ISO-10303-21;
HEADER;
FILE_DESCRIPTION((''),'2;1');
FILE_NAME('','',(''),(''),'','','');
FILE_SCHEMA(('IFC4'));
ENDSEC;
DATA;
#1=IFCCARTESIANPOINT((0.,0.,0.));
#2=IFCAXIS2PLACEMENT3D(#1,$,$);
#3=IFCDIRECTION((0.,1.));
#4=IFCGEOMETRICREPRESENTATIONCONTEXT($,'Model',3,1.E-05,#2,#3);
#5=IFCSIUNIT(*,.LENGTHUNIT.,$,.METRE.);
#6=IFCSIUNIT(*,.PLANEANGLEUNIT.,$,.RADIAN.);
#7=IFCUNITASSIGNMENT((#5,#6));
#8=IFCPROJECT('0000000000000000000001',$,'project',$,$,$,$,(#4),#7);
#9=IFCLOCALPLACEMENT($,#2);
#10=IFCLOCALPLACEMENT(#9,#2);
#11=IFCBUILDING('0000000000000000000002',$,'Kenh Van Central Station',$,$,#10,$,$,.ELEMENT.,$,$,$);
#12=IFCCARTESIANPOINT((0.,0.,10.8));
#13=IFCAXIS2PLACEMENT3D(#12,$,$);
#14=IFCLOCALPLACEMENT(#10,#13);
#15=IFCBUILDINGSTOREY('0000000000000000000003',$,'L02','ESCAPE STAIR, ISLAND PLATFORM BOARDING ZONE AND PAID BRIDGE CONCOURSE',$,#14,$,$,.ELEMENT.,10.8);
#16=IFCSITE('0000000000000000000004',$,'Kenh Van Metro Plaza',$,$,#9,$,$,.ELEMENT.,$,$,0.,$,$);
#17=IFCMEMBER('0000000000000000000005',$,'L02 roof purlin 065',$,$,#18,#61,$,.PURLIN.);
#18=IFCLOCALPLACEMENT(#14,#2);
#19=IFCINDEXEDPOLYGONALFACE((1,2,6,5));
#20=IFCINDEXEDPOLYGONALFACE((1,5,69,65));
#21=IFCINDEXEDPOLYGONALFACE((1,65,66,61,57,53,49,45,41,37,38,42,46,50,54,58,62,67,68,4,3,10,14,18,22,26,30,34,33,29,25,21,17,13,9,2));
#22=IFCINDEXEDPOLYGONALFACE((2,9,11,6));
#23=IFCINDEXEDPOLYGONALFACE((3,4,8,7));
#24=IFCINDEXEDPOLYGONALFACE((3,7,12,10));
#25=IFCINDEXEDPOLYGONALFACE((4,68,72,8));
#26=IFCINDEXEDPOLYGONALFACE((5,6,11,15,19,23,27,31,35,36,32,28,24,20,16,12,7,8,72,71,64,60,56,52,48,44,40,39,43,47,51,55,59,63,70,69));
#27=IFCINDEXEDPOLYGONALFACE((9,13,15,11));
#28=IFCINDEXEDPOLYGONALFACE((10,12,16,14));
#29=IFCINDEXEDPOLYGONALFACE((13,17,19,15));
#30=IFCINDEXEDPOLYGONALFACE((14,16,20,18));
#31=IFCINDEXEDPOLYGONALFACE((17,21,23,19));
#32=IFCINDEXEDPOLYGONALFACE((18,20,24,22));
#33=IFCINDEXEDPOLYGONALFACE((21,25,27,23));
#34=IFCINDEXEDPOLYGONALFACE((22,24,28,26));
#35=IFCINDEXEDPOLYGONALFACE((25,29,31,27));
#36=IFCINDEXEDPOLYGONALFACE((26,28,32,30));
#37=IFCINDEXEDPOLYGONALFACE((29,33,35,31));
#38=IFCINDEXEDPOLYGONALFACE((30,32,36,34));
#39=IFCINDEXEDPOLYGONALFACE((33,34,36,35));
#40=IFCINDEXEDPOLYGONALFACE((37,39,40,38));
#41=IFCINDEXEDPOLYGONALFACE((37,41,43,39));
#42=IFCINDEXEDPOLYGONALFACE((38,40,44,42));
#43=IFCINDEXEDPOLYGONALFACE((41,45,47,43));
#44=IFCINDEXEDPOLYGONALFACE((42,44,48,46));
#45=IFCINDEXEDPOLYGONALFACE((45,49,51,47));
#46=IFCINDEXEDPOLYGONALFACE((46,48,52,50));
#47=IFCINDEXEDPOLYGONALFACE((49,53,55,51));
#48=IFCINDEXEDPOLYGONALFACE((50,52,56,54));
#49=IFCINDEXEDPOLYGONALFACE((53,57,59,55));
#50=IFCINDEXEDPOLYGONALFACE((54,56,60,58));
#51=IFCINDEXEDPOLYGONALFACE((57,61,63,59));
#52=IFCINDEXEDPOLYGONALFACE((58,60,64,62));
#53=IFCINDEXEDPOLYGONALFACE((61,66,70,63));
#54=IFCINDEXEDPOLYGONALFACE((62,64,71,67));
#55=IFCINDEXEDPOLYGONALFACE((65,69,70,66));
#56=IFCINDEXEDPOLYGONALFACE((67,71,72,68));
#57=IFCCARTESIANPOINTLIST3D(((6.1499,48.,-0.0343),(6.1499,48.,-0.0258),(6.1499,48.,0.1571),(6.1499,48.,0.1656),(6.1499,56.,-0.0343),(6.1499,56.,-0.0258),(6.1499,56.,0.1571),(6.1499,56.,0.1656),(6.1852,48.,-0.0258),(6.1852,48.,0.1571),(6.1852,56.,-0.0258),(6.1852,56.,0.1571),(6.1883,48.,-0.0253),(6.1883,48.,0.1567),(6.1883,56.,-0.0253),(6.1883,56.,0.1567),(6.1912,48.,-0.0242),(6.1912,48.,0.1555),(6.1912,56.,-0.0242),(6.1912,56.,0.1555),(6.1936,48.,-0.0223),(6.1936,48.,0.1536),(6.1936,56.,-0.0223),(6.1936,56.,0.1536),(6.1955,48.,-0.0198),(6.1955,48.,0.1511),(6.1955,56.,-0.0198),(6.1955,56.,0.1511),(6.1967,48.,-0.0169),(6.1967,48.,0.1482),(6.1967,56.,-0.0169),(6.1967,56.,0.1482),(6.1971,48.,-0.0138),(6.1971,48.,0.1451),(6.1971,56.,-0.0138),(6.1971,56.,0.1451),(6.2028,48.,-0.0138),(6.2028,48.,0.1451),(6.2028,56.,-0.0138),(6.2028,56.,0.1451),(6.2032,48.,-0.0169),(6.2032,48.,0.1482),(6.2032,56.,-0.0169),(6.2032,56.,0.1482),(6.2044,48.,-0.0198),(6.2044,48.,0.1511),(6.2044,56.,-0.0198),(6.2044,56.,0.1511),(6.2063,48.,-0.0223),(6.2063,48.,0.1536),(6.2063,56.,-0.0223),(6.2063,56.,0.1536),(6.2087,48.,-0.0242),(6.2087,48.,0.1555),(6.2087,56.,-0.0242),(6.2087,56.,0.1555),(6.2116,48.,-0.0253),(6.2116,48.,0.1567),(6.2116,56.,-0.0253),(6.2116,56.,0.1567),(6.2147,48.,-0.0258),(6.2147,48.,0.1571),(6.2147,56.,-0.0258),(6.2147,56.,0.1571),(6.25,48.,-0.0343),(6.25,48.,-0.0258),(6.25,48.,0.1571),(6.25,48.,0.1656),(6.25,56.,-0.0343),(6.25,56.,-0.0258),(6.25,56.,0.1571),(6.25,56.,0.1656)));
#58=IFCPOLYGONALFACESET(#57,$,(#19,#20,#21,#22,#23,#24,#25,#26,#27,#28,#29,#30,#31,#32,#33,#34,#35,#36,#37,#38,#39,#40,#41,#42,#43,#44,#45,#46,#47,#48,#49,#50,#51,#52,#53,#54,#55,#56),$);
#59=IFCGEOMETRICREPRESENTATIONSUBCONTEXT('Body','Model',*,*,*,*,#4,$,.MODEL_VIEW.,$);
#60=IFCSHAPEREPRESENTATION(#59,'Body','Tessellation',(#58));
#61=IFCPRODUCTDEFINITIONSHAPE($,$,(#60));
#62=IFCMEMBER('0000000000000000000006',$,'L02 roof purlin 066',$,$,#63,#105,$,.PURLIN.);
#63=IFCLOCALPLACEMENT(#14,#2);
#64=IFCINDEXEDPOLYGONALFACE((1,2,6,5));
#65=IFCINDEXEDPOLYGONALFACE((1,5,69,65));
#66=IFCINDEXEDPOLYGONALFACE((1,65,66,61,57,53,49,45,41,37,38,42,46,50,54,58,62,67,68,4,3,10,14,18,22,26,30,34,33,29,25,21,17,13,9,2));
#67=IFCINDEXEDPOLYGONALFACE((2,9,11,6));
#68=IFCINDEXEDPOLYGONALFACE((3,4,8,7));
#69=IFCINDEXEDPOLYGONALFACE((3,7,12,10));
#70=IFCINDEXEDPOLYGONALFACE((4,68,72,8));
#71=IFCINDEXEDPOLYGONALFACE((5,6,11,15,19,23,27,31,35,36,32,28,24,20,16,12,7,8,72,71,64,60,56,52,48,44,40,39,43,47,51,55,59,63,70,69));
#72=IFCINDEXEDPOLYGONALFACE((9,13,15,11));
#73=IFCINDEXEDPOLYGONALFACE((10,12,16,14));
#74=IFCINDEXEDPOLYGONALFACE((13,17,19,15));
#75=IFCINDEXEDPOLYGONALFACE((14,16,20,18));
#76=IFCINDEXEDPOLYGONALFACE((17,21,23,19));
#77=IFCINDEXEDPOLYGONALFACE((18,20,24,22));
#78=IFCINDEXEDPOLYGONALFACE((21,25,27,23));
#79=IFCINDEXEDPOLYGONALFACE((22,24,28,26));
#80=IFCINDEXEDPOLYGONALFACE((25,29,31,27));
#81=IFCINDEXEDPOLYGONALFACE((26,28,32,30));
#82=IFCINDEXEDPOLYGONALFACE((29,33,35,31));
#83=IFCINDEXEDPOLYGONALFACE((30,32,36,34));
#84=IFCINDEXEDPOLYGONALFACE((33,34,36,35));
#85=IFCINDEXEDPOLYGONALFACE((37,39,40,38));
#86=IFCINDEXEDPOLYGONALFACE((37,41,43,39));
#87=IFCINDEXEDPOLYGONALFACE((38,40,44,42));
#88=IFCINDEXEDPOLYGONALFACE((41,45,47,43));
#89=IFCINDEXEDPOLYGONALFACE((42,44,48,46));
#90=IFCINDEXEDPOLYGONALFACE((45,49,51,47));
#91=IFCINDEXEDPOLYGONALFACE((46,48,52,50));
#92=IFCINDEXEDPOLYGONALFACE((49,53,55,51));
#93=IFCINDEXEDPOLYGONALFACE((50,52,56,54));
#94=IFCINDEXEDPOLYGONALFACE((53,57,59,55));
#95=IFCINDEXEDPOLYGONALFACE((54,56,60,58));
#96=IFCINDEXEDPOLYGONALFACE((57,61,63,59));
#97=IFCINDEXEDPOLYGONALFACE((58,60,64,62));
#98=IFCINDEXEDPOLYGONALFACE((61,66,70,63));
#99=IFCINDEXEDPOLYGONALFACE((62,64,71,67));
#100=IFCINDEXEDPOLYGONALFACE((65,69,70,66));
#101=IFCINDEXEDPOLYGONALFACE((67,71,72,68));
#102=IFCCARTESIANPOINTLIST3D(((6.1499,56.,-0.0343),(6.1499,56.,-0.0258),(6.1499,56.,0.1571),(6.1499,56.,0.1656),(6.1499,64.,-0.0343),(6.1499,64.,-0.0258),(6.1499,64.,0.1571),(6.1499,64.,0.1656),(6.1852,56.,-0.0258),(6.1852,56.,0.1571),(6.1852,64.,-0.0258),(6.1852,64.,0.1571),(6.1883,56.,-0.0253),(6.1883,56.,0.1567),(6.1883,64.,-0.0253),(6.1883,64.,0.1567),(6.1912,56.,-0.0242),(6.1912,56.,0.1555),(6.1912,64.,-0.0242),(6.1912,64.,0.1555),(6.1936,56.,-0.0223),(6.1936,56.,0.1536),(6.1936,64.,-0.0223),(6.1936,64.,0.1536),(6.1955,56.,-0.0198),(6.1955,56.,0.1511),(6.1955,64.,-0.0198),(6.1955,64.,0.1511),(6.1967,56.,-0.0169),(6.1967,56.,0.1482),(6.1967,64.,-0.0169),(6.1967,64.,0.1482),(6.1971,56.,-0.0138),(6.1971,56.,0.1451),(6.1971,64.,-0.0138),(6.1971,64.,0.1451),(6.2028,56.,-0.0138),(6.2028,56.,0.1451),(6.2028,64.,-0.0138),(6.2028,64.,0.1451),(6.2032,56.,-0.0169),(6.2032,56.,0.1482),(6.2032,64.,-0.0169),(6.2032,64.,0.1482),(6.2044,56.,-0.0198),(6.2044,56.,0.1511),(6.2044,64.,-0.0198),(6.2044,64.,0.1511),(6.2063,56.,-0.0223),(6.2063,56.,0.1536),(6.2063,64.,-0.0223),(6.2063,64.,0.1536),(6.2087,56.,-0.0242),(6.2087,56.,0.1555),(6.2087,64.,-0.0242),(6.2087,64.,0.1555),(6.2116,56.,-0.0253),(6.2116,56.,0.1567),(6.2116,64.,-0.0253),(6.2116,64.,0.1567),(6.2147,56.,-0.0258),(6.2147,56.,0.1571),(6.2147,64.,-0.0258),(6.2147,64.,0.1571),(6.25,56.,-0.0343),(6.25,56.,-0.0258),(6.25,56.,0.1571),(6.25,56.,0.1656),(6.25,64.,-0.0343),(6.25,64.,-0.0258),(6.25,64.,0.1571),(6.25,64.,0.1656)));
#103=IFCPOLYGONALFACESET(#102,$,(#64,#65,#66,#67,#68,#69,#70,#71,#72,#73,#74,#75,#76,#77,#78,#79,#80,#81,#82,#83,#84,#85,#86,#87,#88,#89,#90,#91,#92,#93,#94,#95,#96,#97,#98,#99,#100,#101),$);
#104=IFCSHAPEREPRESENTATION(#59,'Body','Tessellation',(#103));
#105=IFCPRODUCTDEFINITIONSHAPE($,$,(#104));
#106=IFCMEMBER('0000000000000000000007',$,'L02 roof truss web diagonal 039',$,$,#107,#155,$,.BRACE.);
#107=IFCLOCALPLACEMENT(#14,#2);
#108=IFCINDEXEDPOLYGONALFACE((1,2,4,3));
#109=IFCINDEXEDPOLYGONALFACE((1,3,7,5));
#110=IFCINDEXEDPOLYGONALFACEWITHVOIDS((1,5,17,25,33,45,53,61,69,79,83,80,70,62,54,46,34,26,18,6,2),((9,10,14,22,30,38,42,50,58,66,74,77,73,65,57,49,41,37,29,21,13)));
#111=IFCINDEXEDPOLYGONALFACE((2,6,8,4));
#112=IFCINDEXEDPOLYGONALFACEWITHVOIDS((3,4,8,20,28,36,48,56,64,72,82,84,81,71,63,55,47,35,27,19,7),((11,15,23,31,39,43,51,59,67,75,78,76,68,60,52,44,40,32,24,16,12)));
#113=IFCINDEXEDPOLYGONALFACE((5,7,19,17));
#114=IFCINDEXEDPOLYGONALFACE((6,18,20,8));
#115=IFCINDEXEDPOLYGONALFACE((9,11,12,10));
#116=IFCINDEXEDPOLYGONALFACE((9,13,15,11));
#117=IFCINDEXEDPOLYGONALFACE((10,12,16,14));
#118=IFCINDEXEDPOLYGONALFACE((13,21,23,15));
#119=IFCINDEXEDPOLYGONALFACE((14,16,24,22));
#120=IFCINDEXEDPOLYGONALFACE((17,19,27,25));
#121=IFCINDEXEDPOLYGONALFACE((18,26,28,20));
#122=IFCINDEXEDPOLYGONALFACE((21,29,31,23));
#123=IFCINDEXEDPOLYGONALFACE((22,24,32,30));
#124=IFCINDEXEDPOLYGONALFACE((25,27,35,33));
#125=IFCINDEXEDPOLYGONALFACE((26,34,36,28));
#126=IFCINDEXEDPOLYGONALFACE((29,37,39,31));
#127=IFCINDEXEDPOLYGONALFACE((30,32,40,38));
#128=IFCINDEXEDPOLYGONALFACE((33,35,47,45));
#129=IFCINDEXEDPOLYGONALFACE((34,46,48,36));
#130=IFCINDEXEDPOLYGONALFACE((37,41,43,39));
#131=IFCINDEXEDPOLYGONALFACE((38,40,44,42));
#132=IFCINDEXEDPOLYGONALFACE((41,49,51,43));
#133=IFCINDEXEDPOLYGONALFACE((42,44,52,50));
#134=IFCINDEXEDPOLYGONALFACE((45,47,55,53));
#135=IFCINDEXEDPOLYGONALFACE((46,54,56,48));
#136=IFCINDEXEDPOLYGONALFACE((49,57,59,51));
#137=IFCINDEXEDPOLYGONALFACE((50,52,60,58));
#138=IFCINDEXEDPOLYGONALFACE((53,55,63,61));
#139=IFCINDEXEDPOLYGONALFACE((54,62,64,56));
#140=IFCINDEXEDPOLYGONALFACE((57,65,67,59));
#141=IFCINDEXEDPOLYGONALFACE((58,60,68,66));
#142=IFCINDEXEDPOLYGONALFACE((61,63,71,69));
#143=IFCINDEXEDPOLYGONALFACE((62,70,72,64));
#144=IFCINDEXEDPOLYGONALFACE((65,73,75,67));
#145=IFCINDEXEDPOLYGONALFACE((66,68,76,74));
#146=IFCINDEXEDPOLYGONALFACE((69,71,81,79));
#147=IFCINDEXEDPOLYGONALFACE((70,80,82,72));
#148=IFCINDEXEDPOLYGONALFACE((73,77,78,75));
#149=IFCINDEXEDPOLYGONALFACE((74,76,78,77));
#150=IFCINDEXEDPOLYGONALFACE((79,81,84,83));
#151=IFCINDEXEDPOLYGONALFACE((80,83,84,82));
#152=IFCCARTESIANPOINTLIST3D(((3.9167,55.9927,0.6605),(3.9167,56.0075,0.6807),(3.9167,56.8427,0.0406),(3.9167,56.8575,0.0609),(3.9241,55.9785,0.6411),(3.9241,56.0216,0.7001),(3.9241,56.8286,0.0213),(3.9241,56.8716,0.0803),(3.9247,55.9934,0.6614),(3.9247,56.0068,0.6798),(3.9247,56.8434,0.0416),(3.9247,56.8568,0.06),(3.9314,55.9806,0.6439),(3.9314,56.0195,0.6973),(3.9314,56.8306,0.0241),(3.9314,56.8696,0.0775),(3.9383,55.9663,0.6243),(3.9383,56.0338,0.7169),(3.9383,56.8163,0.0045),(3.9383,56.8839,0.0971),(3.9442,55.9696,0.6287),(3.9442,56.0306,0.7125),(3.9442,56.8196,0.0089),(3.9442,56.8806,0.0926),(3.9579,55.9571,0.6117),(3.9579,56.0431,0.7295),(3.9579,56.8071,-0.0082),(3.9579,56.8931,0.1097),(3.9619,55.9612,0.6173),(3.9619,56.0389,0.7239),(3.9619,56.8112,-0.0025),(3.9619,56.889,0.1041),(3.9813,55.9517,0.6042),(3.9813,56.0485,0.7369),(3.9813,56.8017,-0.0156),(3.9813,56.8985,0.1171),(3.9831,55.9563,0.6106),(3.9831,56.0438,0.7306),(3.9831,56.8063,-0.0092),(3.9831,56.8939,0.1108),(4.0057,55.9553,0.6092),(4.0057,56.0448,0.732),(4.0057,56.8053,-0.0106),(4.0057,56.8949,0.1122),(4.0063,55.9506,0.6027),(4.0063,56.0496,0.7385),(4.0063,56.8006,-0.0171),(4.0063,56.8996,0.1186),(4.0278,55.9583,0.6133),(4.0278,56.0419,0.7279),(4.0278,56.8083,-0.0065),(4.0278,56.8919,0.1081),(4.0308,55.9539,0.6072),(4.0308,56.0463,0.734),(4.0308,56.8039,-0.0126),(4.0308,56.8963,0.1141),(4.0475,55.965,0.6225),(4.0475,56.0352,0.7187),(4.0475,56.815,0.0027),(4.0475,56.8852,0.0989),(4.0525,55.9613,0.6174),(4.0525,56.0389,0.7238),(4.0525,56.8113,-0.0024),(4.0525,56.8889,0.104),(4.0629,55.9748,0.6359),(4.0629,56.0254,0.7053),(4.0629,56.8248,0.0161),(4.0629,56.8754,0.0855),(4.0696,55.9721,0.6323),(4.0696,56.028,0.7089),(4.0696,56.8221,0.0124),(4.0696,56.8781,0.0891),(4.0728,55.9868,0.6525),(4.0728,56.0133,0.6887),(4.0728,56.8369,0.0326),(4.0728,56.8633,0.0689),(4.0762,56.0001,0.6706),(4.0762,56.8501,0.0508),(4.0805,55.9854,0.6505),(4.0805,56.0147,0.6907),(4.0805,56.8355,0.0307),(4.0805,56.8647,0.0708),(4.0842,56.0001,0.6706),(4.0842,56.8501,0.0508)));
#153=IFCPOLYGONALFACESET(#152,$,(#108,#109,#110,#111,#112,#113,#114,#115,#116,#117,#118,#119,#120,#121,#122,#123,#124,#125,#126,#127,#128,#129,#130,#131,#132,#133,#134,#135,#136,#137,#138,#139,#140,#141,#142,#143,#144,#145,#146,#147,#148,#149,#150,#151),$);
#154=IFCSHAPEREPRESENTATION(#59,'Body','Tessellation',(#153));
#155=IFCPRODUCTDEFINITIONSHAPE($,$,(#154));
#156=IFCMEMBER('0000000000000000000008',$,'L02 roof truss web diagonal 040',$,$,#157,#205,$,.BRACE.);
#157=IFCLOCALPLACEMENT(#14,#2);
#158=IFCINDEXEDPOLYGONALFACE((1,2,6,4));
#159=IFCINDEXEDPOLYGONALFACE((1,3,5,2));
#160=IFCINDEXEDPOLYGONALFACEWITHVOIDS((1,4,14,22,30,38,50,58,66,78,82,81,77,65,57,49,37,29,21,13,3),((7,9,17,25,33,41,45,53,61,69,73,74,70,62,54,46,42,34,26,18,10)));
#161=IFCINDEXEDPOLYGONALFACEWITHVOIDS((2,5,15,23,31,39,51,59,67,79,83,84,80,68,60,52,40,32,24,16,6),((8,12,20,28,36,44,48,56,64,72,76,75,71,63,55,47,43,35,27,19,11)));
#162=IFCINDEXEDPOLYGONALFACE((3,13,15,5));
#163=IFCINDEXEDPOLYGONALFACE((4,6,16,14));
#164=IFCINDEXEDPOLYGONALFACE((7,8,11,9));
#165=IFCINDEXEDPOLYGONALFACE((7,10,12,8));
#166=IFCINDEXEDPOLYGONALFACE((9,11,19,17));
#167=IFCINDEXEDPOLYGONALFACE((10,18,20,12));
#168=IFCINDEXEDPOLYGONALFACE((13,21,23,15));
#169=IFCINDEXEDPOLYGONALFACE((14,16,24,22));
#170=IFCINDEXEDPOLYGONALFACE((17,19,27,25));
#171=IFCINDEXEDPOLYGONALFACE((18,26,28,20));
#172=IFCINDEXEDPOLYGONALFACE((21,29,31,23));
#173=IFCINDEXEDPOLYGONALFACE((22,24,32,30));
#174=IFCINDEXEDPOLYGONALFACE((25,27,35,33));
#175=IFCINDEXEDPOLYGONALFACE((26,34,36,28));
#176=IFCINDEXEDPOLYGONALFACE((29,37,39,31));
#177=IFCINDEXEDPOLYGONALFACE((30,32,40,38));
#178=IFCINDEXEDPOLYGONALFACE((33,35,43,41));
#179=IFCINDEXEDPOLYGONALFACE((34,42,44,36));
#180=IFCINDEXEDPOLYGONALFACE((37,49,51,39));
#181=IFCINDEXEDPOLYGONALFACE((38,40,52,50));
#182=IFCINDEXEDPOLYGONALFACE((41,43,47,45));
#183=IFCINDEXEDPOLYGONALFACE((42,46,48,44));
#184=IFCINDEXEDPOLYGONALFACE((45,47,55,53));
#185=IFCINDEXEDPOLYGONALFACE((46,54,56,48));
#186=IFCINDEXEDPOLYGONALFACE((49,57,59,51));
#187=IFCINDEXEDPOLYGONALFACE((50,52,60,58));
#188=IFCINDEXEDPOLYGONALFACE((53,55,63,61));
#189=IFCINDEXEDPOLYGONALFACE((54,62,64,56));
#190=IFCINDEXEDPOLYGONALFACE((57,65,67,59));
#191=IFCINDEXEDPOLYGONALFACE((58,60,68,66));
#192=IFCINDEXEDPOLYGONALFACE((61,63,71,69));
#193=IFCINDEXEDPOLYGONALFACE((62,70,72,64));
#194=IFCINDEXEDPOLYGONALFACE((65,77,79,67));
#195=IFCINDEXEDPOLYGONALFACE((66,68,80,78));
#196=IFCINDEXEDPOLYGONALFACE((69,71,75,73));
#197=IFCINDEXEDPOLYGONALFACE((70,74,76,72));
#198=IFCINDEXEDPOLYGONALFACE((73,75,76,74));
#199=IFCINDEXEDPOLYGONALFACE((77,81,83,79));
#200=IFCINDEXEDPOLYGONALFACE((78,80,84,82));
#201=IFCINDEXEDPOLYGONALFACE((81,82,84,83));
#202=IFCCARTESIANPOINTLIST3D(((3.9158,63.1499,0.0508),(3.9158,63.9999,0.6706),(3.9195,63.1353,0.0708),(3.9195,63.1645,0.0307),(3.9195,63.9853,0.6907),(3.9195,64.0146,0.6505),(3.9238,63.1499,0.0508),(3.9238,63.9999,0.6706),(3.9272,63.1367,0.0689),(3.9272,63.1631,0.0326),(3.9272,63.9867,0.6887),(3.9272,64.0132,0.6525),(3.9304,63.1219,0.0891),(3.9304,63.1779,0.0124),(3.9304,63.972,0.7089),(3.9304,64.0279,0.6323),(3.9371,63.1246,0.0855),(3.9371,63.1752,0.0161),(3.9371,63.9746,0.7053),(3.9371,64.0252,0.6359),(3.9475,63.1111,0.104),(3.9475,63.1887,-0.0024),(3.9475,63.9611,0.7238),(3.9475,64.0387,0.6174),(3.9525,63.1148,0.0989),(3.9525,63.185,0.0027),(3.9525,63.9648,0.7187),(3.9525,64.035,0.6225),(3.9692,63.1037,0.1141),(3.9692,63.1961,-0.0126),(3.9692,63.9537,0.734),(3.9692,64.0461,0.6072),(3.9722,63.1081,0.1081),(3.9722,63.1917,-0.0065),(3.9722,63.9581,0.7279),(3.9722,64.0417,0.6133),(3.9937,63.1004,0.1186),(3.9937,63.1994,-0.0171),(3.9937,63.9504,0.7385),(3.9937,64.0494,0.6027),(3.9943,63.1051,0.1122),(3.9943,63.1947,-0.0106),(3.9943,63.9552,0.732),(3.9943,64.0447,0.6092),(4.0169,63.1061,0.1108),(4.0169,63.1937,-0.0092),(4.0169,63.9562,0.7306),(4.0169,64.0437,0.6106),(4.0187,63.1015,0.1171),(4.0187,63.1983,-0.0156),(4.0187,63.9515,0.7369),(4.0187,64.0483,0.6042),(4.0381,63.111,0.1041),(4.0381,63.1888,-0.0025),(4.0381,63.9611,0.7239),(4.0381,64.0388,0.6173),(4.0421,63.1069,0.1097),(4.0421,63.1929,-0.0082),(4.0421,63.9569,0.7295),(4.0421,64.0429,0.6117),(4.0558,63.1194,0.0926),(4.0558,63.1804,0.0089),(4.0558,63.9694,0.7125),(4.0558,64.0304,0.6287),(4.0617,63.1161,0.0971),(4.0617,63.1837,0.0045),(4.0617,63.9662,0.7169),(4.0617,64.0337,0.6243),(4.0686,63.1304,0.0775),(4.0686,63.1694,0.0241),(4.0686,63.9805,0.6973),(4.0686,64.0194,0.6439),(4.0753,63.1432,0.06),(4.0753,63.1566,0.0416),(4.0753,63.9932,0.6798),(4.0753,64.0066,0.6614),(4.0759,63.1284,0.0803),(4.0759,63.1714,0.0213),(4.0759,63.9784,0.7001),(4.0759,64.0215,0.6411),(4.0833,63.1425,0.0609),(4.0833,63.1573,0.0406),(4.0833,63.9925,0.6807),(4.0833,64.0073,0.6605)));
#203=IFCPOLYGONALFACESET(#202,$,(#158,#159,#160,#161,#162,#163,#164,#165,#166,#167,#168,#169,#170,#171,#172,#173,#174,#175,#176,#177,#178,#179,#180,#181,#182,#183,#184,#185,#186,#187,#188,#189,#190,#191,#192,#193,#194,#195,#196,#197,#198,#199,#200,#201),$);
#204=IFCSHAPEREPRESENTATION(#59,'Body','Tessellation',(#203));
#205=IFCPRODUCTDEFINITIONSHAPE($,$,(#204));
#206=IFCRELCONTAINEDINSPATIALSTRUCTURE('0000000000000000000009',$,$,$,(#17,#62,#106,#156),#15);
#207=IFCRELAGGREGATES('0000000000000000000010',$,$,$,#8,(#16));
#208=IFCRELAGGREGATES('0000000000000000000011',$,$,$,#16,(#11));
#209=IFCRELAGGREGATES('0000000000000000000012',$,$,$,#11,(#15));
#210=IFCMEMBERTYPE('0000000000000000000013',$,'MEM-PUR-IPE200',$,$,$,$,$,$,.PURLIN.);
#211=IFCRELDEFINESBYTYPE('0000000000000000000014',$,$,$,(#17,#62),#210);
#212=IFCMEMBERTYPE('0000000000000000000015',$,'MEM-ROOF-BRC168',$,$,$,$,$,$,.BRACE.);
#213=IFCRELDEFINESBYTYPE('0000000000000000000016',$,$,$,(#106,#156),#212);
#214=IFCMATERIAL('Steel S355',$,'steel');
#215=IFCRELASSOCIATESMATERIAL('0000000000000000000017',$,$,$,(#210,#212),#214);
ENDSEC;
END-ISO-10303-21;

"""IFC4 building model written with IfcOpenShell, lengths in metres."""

from ifc_helpers import new_model, si_unit, direction, frame, origin, origin_2d, place, context, subcontext, project, spatial, hollow_circle, i_section, extrude, material, material_profile, profile_set, type_object, element, save


model = new_model("IFC4")

# Units and contexts
model_context = context("Model", 3, precision=1e-05, world=origin(), true_north=direction((0.0, 1.0)))
body_context = subcontext(model_context, "Body", "Model", "MODEL_VIEW")
ifc_project = project(units=[si_unit("LENGTHUNIT", "METRE"), si_unit("PLANEANGLEUNIT", "RADIAN")], contexts=[model_context])

# Site, building, storey
site_placement = place(None, origin())
site = spatial("IfcSite", under=ifc_project, at=site_placement, Name="Kenh Van Metro Plaza", CompositionType="ELEMENT", RefElevation=0.0)
building_placement = place(site_placement, origin())
building = spatial("IfcBuilding", under=site, at=building_placement, Name="Kenh Van Central Station", CompositionType="ELEMENT")
storey_placement = place(building_placement, frame((0.0, 0.0, 10.8)))
storey = spatial("IfcBuildingStorey", under=building, at=storey_placement, Name="L02", Description="ESCAPE STAIR, ISLAND PLATFORM BOARDING ZONE AND PAID BRIDGE CONCOURSE", CompositionType="ELEMENT", Elevation=10.8)

# Shared definitions
ifc_material_1 = material(Name="Steel S355", Category="steel")

# Members
ifc_material_profile_1 = material_profile(ifc_material_1, i_section(OverallWidth=0.1001, OverallDepth=0.2, WebThickness=0.0056, FlangeThickness=0.0085, FilletRadius=0.012, at=origin_2d()), Name="IPE 200")
ifc_profile_set_1 = profile_set([ifc_material_profile_1], Name="Steel S355")
member_type_1 = type_object("IfcMemberType", Name="MEM-PUR-IPE200", PredefinedType="PURLIN", material=ifc_profile_set_1)
for number, where, z_axis, x_axis, name in (
    (1, (6.2, 48.0, 0.0657), (0.0, 1.0, 0.0), (-1.0, 0.0, 0.0), "L02 roof purlin 065"),
    (2, (6.2, 56.0, 0.0657), (0.0, 1.0, 0.0), (-1.0, 0.0, 0.0), "L02 roof purlin 066"),
):
    element("IfcMember", number, at=place(storey_placement, frame(where, z_axis=z_axis, x_axis=x_axis)), inside=storey, type_object=member_type_1, Name=name, PredefinedType="PURLIN", context=body_context, shape_type="SweptSolid", body=[
        extrude(i_section(OverallWidth=0.1001, OverallDepth=0.2, WebThickness=0.0056, FlangeThickness=0.0085, FilletRadius=0.012, at=origin_2d()), origin(), (0.0, 0.0, 1.0), 8.0),
    ])
ifc_material_profile_2 = material_profile(ifc_material_1, hollow_circle(Radius=0.0842, WallThickness=0.0081, at=origin_2d()), Name="CHS 168.3x8")
ifc_profile_set_2 = profile_set([ifc_material_profile_2], Name="Steel S355")
member_type_2 = type_object("IfcMemberType", Name="MEM-ROOF-BRC168", PredefinedType="BRACE", material=ifc_profile_set_2)
for number, where, z_axis, x_axis, name in (
    (3, (4.0, 56.8501, 0.0508), (0.0, -0.808003, 0.589178), (1.0, 0.0, 0.0), "L02 roof truss web diagonal 039"),
    (4, (4.0, 63.1499, 0.0508), (0.0, 0.808003, 0.589178), (-1.0, 0.0, 0.0), "L02 roof truss web diagonal 040"),
):
    element("IfcMember", number, at=place(storey_placement, frame(where, z_axis=z_axis, x_axis=x_axis)), inside=storey, type_object=member_type_2, Name=name, PredefinedType="BRACE", context=body_context, shape_type="SweptSolid", body=[
        extrude(hollow_circle(Radius=0.0842, WallThickness=0.0081, at=origin_2d()), origin(), (0.0, 0.0, 1.0), 1.052),
    ])

save(model, "model.ifc")
